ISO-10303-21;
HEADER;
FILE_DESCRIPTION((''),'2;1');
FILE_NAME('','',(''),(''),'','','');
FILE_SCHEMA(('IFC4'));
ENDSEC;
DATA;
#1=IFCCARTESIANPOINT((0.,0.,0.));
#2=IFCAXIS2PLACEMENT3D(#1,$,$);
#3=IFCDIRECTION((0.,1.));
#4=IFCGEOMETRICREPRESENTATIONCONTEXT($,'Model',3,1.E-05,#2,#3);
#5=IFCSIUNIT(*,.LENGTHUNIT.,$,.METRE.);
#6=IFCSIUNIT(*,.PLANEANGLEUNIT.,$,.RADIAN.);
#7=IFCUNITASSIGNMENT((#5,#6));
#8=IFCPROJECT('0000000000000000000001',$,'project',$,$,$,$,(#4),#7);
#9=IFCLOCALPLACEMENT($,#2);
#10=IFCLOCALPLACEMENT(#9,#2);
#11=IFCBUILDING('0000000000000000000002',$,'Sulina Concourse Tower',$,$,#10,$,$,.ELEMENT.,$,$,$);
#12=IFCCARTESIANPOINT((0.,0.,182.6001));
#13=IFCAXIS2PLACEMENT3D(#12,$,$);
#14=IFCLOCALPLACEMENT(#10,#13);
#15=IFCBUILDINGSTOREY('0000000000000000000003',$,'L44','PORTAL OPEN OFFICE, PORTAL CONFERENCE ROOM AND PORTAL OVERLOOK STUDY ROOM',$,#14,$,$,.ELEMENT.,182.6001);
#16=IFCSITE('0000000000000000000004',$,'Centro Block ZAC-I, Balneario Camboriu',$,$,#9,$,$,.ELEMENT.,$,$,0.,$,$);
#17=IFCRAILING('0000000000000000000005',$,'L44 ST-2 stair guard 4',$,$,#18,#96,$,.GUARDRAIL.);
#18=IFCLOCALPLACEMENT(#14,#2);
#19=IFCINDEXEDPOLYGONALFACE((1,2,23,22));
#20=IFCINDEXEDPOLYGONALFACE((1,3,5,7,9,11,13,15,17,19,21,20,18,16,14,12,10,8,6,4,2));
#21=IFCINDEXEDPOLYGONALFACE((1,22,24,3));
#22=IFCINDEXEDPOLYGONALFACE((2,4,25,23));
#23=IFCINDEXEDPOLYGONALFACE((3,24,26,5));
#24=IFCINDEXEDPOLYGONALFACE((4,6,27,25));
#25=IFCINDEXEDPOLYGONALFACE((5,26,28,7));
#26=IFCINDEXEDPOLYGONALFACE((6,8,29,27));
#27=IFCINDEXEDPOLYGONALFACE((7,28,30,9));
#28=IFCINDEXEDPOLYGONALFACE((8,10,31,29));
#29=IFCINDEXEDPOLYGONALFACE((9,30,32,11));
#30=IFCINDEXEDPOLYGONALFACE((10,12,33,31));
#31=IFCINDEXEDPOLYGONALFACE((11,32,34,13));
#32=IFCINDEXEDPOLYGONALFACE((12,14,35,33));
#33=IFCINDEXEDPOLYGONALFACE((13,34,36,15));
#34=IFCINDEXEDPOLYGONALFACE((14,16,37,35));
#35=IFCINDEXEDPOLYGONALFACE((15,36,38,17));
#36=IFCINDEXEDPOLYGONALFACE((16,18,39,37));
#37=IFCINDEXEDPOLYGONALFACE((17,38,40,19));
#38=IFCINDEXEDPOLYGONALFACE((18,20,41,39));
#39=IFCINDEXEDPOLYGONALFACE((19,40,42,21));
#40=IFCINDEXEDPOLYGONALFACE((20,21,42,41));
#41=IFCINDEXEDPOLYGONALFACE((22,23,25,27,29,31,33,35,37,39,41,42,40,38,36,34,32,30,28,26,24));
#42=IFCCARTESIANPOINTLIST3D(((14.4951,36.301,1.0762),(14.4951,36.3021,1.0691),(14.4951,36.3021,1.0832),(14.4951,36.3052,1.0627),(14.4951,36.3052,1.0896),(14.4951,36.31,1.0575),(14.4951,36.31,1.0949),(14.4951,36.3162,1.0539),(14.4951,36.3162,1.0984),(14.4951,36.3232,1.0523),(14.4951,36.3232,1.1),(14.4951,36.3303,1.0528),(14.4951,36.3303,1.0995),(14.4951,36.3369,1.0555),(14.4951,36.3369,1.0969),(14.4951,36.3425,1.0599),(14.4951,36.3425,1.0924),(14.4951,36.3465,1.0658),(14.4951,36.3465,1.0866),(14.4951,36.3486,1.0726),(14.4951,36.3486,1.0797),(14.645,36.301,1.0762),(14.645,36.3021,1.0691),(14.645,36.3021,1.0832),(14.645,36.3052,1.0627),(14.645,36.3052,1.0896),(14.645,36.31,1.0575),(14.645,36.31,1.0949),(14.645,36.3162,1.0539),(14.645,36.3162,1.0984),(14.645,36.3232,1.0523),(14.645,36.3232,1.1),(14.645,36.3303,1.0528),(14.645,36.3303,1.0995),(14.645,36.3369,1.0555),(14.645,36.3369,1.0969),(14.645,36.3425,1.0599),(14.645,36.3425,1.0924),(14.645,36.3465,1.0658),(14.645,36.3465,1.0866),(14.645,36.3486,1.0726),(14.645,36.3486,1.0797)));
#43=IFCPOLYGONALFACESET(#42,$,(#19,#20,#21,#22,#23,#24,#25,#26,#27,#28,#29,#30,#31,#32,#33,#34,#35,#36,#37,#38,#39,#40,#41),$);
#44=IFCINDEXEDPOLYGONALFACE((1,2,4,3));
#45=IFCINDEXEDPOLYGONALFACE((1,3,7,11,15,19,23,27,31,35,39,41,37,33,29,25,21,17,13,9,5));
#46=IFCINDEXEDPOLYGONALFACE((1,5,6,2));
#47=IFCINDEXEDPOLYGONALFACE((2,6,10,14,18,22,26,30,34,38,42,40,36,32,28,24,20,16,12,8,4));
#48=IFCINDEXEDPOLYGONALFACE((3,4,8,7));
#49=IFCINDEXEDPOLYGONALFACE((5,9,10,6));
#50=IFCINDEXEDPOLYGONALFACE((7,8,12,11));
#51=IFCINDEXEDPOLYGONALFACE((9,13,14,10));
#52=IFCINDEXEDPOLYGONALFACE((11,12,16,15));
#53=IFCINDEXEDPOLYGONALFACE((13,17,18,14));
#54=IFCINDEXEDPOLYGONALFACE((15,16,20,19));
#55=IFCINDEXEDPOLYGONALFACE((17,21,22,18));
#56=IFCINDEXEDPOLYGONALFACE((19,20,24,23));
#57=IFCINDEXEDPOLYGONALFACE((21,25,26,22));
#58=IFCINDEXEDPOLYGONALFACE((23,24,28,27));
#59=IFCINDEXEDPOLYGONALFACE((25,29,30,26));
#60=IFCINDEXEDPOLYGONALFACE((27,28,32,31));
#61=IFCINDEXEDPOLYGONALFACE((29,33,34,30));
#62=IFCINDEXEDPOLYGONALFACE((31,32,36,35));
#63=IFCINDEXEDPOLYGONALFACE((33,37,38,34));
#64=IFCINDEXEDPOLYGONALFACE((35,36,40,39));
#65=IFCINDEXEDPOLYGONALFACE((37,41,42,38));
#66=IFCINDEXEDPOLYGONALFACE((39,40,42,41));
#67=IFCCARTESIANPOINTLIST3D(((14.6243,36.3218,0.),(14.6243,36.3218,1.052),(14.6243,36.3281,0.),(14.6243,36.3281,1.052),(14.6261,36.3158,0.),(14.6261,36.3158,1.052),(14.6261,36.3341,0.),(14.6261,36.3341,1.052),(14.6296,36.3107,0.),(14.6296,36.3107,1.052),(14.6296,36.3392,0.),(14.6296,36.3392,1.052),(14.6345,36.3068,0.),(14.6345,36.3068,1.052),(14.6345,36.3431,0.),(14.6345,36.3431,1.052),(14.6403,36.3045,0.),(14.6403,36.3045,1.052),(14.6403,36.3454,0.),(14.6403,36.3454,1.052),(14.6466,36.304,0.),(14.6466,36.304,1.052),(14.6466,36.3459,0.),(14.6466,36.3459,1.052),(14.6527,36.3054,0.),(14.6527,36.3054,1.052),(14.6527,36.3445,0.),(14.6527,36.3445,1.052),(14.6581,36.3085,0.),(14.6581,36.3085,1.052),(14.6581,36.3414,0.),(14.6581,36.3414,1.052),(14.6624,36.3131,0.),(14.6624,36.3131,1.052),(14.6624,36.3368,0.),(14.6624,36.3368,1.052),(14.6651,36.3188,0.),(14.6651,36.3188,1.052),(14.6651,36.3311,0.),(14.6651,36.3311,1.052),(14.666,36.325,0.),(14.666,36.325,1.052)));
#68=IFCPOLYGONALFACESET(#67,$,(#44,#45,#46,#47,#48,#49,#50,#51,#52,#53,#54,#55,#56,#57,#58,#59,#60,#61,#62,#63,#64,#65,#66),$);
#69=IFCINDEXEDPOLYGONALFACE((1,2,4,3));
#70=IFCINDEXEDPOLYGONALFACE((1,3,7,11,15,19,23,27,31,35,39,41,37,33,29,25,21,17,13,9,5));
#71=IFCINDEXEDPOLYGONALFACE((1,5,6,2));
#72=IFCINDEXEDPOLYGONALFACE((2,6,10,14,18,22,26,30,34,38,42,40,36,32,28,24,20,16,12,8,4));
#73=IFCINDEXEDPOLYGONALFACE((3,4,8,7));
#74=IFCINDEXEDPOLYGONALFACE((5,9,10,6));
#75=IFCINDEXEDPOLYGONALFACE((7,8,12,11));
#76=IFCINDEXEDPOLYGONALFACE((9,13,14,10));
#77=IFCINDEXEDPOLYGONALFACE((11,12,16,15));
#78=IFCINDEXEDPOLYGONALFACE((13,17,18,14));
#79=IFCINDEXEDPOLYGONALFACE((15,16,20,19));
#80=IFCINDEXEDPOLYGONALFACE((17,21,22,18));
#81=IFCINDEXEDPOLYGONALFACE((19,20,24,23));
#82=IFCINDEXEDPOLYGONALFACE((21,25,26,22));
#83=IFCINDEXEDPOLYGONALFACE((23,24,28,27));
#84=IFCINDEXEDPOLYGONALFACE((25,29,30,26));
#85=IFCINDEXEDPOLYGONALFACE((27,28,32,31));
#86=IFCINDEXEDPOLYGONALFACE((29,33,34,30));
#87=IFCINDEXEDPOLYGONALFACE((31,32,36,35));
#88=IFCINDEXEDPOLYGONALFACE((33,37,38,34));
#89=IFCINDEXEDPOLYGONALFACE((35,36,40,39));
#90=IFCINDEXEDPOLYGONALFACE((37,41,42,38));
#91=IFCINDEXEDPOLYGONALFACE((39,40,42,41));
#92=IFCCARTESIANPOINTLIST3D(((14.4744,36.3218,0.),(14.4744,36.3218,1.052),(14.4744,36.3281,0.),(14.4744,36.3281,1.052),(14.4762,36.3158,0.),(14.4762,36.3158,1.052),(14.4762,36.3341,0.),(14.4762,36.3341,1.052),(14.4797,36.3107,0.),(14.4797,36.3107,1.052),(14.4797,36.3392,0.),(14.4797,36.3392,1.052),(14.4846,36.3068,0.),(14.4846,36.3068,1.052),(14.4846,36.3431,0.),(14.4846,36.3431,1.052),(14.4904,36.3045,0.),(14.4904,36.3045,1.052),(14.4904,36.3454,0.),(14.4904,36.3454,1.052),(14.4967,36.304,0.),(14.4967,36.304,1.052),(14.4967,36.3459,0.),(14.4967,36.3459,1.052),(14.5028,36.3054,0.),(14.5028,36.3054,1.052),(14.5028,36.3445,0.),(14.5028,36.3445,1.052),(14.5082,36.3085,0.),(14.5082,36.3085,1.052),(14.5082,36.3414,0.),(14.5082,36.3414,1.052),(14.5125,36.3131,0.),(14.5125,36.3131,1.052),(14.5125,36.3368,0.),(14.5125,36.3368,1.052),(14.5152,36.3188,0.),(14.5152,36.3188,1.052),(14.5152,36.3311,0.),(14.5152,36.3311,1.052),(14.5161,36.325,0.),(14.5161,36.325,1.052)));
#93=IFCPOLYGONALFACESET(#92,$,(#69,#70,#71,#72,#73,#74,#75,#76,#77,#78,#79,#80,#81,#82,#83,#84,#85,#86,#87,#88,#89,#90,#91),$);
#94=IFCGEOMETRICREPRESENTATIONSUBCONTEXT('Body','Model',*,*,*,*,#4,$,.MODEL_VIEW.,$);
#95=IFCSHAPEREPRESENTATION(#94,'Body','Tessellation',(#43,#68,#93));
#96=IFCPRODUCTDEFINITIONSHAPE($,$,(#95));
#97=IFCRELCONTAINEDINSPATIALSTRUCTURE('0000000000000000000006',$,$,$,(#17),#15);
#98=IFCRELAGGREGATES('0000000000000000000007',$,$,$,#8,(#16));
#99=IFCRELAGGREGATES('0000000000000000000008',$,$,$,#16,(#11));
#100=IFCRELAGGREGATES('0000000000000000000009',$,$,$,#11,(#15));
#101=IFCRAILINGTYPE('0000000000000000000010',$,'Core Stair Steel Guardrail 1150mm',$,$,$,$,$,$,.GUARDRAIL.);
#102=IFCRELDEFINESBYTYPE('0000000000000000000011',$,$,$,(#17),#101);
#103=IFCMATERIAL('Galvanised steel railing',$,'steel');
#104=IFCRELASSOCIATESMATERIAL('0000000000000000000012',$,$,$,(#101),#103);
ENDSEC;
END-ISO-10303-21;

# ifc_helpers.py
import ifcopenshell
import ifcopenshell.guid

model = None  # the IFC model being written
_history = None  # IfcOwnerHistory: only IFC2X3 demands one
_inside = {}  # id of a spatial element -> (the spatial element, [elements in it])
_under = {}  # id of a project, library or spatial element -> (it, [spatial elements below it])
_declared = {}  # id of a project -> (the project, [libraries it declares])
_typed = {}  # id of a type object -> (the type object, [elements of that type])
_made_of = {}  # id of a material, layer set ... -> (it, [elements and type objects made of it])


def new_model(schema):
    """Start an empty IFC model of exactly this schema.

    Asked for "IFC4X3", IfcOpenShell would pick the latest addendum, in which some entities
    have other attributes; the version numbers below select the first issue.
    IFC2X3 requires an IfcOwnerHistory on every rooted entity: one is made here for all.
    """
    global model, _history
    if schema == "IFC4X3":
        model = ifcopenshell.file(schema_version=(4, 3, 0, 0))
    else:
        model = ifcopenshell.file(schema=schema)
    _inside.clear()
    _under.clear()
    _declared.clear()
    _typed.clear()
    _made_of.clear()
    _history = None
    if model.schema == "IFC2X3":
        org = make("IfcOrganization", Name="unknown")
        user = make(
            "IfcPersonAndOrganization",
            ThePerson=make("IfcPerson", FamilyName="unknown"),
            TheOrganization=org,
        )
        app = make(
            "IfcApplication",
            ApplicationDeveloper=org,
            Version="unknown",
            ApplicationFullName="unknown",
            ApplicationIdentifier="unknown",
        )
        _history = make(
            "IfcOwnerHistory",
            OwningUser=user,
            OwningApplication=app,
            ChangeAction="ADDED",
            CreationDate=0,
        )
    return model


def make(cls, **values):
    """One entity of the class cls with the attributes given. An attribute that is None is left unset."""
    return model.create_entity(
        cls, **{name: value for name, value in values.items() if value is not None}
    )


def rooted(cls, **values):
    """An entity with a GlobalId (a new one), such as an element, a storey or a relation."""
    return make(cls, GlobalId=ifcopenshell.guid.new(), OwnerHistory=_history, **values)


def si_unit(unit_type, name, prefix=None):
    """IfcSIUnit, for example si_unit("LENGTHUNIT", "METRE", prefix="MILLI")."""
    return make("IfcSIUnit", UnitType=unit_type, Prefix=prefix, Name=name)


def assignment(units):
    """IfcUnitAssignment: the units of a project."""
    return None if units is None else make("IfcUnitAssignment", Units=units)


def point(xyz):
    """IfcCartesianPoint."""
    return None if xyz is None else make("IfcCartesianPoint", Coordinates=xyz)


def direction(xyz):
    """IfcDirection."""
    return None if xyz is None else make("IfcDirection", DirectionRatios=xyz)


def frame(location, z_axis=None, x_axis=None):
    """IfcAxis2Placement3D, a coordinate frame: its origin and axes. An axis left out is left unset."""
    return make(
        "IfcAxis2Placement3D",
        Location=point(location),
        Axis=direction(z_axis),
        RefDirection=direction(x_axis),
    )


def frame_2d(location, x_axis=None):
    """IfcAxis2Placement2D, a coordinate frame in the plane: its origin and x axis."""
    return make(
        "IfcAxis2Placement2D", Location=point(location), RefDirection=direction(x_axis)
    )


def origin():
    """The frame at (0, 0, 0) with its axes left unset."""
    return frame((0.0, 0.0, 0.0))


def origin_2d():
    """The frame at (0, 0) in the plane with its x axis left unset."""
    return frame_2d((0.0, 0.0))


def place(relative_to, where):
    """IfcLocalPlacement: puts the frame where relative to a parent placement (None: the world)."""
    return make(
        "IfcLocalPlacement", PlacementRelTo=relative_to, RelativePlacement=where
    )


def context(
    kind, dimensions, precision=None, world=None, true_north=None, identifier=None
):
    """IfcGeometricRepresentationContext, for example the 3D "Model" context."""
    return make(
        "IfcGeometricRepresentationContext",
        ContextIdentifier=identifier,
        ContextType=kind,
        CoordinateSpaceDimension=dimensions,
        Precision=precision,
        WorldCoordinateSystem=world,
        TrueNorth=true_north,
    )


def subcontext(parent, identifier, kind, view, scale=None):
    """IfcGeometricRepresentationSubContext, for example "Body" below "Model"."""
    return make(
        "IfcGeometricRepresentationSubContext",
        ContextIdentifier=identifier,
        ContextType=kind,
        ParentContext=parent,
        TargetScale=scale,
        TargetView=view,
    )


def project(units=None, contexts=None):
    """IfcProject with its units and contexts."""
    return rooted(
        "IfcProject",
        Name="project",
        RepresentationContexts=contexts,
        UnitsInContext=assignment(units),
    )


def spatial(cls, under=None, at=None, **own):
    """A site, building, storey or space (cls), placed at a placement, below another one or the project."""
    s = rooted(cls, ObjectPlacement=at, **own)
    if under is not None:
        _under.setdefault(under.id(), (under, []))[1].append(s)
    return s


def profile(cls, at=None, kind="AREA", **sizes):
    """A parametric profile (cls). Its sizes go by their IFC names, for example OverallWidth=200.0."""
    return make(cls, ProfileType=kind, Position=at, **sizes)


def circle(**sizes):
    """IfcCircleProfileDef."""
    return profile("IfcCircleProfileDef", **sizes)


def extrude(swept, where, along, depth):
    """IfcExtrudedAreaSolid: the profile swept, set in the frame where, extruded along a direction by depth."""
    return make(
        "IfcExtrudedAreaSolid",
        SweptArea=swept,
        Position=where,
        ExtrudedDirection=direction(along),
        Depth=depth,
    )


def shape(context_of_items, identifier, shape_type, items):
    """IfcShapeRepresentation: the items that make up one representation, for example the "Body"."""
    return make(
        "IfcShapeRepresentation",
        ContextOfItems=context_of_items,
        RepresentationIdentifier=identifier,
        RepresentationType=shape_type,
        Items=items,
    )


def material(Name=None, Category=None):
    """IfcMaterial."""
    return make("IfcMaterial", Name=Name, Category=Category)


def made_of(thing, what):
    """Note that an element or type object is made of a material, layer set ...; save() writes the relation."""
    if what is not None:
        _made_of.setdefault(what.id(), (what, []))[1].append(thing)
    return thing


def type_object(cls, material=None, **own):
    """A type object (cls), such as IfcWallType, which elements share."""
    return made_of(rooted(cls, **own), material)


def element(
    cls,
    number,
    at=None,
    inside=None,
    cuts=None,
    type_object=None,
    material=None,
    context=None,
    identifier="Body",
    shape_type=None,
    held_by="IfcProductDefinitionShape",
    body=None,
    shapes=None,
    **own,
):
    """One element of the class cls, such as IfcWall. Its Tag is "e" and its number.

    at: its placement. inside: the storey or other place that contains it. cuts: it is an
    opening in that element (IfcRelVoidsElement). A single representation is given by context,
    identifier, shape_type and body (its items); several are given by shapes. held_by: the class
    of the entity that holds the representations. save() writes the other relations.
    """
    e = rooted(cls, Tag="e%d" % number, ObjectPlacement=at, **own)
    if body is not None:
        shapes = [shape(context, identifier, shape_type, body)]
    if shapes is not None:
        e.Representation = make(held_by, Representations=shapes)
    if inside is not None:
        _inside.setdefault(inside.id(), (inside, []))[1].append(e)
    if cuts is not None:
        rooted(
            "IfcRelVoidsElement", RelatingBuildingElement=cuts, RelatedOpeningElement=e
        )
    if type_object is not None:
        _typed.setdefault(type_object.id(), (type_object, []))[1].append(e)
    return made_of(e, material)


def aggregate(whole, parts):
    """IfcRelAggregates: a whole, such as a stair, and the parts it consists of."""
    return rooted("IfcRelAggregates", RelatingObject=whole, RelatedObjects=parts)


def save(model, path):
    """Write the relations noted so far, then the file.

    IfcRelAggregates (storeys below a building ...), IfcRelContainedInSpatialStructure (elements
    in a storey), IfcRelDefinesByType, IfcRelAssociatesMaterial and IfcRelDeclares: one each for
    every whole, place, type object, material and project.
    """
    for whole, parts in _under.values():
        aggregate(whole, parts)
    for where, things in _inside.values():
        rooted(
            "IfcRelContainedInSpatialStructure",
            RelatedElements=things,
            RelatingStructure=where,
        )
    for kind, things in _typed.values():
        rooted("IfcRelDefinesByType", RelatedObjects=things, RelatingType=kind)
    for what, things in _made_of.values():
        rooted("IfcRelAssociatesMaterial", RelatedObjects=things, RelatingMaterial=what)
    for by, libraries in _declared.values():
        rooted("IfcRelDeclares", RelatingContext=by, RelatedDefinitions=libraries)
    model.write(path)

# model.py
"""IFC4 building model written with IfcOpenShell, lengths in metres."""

from ifc_helpers import new_model, si_unit, direction, frame, origin, origin_2d, place, context, subcontext, project, spatial, circle, extrude, material, type_object, element, save


model = new_model("IFC4")

# Units and contexts
model_context = context("Model", 3, precision=1e-05, world=origin(), true_north=direction((0.0, 1.0)))
body_context = subcontext(model_context, "Body", "Model", "MODEL_VIEW")
ifc_project = project(units=[si_unit("LENGTHUNIT", "METRE"), si_unit("PLANEANGLEUNIT", "RADIAN")], contexts=[model_context])

# Site, building, storey
site_placement = place(None, origin())
site = spatial("IfcSite", under=ifc_project, at=site_placement, Name="Centro Block ZAC-I, Balneario Camboriu", CompositionType="ELEMENT", RefElevation=0.0)
building_placement = place(site_placement, origin())
building = spatial("IfcBuilding", under=site, at=building_placement, Name="Sulina Concourse Tower", CompositionType="ELEMENT")
storey_placement = place(building_placement, frame((0.0, 0.0, 182.6001)))
storey = spatial("IfcBuildingStorey", under=building, at=storey_placement, Name="L44", Description="PORTAL OPEN OFFICE, PORTAL CONFERENCE ROOM AND PORTAL OVERLOOK STUDY ROOM", CompositionType="ELEMENT", Elevation=182.6001)

# Railing
ifc_material_1 = material(Name="Galvanised steel railing", Category="steel")
railing_type_1 = type_object("IfcRailingType", Name="Core Stair Steel Guardrail 1150mm", PredefinedType="GUARDRAIL", material=ifc_material_1)
railing_1_placement = place(storey_placement, frame((14.645, 36.325, 0.0)))
element("IfcRailing", 1, at=railing_1_placement, inside=storey, type_object=railing_type_1, Name="L44 ST-2 stair guard 4", PredefinedType="GUARDRAIL", context=body_context, shape_type="SweptSolid", body=[
    extrude(circle(Radius=0.0239, at=origin_2d()), frame((0.0, 0.0, 1.0762), z_axis=(-1.0, 0.0, 0.0), x_axis=(0.0, -1.0, 0.0)), (0.0, 0.0, 1.0), 0.1499),
    extrude(circle(Radius=0.021, at=origin_2d()), origin(), (0.0, 0.0, 1.0), 1.052),
    extrude(circle(Radius=0.021, at=origin_2d()), frame((-0.1499, 0.0, 0.0)), (0.0, 0.0, 1.0), 1.052),
])

save(model, "model.ifc")
